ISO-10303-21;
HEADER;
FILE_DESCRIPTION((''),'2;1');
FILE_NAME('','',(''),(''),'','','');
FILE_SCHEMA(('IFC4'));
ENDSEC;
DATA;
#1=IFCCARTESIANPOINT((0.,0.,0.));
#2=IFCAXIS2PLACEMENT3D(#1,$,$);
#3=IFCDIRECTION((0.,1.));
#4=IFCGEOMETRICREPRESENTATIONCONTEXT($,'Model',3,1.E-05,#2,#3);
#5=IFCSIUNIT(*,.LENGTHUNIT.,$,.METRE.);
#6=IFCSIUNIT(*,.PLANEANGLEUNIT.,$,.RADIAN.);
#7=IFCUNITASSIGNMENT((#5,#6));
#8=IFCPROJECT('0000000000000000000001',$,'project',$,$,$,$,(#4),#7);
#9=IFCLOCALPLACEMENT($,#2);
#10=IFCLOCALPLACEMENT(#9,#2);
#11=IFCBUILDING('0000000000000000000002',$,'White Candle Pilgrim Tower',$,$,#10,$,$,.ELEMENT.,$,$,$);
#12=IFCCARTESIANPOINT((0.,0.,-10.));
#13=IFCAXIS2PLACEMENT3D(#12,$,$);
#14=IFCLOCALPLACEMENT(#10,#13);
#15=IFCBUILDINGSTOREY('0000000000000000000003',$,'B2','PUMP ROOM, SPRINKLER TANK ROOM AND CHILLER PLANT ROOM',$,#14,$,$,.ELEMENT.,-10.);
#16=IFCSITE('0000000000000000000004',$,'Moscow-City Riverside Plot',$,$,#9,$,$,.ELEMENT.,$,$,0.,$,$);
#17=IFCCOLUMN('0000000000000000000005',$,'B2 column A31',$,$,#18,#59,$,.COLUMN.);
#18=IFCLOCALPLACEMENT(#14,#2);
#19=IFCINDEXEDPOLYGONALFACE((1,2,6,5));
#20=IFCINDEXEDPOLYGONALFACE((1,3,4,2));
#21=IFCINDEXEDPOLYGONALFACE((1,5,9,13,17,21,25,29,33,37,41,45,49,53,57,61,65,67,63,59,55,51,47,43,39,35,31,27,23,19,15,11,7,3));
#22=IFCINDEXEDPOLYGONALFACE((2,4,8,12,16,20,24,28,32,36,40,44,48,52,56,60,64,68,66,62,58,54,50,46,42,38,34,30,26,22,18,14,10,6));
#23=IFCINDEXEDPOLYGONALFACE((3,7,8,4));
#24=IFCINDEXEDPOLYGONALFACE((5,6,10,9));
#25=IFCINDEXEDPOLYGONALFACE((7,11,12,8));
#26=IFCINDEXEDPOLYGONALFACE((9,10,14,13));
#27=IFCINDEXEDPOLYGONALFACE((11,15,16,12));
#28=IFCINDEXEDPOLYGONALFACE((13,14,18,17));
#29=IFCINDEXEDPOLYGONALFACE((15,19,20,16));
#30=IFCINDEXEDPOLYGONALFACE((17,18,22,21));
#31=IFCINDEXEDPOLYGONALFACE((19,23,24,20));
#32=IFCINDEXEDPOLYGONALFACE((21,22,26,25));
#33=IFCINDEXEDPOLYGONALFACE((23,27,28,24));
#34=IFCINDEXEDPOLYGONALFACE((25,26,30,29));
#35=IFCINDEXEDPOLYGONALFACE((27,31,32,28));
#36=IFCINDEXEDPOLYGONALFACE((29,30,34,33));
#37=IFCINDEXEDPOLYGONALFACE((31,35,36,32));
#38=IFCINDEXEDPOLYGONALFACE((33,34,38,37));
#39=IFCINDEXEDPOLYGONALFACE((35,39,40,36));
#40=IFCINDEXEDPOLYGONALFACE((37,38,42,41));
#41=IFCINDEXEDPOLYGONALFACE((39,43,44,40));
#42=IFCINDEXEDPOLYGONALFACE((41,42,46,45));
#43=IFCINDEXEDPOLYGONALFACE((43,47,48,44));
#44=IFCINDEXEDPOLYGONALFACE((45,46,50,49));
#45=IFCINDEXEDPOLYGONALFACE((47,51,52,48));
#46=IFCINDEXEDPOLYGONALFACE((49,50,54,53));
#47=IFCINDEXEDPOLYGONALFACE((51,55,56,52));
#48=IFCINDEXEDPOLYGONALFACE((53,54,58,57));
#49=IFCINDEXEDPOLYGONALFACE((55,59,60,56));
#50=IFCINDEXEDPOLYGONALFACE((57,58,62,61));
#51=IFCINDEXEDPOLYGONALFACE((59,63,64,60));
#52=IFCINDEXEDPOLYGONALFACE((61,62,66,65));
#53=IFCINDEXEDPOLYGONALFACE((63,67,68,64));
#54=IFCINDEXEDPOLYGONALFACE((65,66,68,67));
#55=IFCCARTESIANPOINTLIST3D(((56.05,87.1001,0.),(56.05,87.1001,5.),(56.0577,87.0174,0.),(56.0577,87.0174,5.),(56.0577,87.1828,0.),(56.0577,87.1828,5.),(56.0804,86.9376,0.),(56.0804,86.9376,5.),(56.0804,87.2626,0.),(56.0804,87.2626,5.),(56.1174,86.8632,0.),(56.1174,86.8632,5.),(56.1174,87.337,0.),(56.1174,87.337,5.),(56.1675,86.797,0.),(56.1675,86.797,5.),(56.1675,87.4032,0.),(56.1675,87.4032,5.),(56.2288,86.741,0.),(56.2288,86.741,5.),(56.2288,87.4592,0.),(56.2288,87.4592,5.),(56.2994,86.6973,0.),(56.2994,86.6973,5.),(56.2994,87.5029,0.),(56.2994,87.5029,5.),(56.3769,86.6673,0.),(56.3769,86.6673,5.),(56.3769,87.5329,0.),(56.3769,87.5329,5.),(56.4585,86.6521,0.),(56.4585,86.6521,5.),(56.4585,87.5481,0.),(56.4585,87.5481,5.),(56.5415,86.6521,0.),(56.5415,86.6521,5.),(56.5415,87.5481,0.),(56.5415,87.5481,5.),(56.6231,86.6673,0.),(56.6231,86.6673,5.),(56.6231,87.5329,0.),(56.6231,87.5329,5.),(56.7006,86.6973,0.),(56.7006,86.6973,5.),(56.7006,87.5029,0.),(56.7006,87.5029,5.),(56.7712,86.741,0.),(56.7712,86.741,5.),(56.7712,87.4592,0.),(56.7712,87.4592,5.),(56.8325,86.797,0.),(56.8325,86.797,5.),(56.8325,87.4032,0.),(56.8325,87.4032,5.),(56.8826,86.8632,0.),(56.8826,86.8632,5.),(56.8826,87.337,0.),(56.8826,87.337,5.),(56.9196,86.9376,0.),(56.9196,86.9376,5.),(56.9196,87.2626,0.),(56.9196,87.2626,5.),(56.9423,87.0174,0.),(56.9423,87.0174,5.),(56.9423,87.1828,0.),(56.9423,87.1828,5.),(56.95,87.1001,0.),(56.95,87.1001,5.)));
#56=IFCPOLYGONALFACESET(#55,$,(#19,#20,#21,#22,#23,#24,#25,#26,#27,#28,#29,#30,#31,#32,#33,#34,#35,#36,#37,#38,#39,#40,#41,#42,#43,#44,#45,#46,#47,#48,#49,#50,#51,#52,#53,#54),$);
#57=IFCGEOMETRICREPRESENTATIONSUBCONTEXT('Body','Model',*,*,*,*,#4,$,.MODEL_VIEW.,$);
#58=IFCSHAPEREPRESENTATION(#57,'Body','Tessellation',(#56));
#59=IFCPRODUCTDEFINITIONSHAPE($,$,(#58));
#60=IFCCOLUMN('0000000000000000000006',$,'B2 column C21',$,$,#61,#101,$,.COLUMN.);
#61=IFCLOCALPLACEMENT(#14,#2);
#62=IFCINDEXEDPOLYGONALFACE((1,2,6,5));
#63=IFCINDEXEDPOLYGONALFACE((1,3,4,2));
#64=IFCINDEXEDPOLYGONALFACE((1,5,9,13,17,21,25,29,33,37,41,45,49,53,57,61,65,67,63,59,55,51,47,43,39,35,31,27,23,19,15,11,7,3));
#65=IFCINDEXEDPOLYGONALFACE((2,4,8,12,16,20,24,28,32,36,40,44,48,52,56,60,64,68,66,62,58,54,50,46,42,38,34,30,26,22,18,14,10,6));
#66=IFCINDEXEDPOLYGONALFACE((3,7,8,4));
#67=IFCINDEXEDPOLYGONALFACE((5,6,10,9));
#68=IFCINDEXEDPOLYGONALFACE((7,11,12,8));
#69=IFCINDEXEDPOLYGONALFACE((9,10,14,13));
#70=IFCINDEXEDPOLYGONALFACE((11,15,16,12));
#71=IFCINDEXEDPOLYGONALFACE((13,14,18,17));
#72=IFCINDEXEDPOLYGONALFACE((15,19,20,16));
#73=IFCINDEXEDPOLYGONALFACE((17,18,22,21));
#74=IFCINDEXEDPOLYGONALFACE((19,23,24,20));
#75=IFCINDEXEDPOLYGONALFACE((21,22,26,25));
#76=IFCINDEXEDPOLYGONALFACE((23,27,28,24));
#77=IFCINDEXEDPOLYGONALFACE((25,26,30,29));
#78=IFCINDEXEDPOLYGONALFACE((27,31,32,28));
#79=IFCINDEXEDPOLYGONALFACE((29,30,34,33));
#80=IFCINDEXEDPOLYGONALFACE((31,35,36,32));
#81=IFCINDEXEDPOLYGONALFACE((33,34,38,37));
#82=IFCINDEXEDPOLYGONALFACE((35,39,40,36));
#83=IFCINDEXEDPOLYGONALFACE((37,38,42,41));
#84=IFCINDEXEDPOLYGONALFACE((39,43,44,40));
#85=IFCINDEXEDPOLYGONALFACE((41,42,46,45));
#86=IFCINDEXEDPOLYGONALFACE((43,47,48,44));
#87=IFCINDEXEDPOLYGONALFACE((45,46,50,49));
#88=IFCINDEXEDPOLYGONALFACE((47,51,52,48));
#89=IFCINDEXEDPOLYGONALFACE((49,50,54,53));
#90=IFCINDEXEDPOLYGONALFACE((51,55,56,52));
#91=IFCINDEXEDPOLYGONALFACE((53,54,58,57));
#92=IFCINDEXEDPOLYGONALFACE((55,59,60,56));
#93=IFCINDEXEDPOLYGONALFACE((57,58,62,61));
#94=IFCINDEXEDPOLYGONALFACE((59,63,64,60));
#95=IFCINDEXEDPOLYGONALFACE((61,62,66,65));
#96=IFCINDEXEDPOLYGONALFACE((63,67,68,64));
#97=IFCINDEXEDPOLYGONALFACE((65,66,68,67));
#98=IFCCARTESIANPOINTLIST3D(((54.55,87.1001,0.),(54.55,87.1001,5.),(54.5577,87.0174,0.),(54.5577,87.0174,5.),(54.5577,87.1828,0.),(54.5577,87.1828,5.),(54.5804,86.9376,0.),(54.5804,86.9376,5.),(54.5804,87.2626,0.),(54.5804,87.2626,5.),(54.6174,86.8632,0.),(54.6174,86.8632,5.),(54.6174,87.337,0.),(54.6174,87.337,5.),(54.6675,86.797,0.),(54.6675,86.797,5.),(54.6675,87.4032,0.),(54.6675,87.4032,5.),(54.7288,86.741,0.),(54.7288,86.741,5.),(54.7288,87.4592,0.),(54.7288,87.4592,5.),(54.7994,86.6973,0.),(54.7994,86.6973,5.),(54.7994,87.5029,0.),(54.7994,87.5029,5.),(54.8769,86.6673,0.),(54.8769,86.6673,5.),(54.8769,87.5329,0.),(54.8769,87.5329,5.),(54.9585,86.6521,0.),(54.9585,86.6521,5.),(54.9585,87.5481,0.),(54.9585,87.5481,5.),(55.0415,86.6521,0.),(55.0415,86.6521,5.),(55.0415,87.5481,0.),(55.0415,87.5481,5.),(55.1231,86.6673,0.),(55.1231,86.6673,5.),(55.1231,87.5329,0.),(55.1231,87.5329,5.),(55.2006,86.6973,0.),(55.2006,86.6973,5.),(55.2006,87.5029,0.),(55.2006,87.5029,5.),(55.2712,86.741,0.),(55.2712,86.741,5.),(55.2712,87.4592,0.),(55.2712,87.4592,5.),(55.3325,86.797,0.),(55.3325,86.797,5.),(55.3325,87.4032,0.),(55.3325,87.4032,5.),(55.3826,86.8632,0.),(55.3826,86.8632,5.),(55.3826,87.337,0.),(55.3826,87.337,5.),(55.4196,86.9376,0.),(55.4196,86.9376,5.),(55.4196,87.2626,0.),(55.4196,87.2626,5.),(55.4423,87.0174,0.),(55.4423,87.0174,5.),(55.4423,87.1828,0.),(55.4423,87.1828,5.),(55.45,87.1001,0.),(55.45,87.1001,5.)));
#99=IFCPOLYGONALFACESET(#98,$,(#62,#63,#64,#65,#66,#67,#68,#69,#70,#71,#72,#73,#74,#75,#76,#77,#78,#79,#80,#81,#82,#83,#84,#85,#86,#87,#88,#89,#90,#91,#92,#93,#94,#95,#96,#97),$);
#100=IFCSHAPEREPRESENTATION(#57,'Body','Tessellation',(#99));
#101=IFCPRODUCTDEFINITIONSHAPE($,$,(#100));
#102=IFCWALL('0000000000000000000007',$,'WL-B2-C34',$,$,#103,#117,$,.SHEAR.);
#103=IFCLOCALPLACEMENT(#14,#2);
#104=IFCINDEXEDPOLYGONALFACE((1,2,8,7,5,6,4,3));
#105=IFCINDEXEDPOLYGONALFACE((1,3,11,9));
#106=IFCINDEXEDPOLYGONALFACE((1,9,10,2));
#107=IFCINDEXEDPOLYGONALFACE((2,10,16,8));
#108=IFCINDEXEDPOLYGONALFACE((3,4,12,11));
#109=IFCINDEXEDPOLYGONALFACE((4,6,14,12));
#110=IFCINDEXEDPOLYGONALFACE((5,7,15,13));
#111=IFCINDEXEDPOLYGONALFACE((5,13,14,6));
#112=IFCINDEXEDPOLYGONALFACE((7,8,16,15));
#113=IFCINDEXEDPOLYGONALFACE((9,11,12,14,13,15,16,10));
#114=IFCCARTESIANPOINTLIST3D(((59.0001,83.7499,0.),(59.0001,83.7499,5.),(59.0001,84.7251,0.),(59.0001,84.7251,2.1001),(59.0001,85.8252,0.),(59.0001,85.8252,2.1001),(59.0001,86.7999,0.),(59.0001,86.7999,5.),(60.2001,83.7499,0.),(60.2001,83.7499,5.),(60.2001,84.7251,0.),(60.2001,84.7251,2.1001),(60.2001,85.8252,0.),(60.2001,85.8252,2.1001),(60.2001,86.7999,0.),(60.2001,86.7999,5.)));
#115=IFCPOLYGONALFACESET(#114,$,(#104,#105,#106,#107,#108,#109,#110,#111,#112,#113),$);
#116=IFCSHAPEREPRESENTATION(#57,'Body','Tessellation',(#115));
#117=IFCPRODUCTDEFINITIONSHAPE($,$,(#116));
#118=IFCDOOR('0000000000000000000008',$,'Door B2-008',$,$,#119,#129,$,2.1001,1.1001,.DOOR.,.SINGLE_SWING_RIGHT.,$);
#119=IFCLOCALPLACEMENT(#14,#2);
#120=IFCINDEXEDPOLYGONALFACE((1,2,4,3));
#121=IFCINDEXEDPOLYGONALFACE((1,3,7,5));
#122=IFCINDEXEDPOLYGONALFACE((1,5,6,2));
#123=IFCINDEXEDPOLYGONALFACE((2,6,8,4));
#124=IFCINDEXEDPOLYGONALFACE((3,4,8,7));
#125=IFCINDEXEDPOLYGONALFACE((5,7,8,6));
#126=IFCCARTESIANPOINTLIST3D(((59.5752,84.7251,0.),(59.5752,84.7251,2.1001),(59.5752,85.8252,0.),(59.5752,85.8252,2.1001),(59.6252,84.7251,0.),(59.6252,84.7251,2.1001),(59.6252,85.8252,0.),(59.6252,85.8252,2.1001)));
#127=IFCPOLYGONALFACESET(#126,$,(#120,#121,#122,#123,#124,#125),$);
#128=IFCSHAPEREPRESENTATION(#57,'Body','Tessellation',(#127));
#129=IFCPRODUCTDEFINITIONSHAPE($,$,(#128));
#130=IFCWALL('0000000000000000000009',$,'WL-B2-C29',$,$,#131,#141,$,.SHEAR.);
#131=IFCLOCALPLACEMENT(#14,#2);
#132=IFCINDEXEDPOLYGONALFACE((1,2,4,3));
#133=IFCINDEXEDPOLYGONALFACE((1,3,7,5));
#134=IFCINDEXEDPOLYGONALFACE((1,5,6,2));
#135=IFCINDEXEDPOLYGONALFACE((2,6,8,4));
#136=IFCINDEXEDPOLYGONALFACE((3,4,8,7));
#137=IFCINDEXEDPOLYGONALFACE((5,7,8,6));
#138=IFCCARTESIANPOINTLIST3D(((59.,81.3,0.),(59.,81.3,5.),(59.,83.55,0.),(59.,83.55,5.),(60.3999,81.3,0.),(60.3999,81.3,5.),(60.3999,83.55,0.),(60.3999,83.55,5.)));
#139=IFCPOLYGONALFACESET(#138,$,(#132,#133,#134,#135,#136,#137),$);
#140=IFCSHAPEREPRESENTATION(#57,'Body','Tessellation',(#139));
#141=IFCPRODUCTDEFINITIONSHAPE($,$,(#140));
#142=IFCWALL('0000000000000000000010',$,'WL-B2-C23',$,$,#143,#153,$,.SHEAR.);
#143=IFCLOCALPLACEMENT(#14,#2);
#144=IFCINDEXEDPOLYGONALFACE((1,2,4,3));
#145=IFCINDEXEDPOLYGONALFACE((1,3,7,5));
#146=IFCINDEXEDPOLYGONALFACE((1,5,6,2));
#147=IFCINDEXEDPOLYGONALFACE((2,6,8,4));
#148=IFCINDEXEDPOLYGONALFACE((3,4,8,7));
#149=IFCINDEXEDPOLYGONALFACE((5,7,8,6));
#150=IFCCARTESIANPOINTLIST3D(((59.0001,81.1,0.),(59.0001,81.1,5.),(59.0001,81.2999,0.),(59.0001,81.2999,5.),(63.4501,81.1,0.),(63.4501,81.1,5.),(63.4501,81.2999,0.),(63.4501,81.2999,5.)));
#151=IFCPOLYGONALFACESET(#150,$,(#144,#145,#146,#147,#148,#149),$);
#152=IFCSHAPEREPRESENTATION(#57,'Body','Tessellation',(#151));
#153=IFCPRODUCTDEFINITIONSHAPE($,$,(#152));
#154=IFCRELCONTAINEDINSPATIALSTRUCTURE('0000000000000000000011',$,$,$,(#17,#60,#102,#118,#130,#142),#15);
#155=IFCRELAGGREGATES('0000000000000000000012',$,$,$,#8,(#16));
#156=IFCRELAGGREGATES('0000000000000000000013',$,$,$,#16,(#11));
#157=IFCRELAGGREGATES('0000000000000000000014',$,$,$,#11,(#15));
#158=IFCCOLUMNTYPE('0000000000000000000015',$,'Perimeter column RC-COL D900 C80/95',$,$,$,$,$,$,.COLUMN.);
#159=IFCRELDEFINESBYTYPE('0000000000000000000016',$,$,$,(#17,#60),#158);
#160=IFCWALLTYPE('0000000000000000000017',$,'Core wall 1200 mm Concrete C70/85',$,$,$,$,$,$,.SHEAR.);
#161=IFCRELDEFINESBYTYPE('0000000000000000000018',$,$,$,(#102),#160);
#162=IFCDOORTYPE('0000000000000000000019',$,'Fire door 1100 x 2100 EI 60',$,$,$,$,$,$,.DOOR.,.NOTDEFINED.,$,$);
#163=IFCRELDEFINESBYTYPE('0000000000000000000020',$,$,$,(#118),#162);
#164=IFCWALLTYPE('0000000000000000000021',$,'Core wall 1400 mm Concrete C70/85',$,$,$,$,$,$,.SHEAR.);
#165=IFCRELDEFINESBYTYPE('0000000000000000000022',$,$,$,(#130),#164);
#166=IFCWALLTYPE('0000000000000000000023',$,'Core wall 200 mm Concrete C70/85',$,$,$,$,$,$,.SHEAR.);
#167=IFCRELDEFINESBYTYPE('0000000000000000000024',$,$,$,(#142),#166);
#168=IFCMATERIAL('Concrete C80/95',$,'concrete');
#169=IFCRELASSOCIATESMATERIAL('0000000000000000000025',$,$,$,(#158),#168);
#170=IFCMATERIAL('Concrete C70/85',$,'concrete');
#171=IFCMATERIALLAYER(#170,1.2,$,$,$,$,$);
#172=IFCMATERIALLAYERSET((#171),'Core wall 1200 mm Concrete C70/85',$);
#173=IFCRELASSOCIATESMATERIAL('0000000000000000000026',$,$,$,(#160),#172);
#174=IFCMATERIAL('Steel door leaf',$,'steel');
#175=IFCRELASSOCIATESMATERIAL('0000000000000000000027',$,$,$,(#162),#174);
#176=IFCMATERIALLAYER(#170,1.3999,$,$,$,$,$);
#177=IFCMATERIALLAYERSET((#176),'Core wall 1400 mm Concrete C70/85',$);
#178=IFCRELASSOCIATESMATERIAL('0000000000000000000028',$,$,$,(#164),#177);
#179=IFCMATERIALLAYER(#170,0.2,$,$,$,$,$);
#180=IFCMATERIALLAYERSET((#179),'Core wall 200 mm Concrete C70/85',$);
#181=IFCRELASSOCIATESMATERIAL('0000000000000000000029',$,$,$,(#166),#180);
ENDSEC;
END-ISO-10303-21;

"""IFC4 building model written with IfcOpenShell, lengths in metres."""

from ifc_helpers import new_model, si_unit, direction, frame, frame_2d, origin, origin_2d, place, context, subcontext, project, spatial, rectangle, circle, extrude, material, layer, layer_set, material_profile, profile_set, type_object, element, fill, save


model = new_model("IFC4")

# Units and contexts
model_context = context("Model", 3, precision=1e-05, world=origin(), true_north=direction((0.0, 1.0)))
body_context = subcontext(model_context, "Body", "Model", "MODEL_VIEW")
ifc_project = project(units=[si_unit("LENGTHUNIT", "METRE"), si_unit("PLANEANGLEUNIT", "RADIAN")], contexts=[model_context])

# Site, building, storey
site_placement = place(None, origin())
site = spatial("IfcSite", under=ifc_project, at=site_placement, Name="Moscow-City Riverside Plot", CompositionType="ELEMENT", RefElevation=0.0)
building_placement = place(site_placement, origin())
building = spatial("IfcBuilding", under=site, at=building_placement, Name="White Candle Pilgrim Tower", CompositionType="ELEMENT")
storey_placement = place(building_placement, frame((0.0, 0.0, -10.0)))
storey = spatial("IfcBuildingStorey", under=building, at=storey_placement, Name="B2", Description="PUMP ROOM, SPRINKLER TANK ROOM AND CHILLER PLANT ROOM", CompositionType="ELEMENT", Elevation=-10.0)

# Columns
ifc_material_1 = material(Name="Concrete C80/95", Category="concrete")
ifc_material_profile_1 = material_profile(ifc_material_1, circle(Radius=0.45, at=origin_2d()), Name="RC-COL D900")
ifc_profile_set_1 = profile_set([ifc_material_profile_1], Name="Concrete C80/95")
column_type = type_object("IfcColumnType", Name="Perimeter column RC-COL D900 C80/95", PredefinedType="COLUMN", material=ifc_profile_set_1)
for number, where, z_axis, x_axis, name in (
    (1, (56.5, 87.1001, 0.0), (0.0, 0.0, 1.0), (1.0, 0.0, 0.0), "B2 column A31"),
    (2, (55.0, 87.1001, 0.0), (0.0, 0.0, 1.0), (1.0, 0.0, 0.0), "B2 column C21"),
):
    element("IfcColumn", number, at=place(storey_placement, frame(where, z_axis=z_axis, x_axis=x_axis)), inside=storey, type_object=column_type, Name=name, PredefinedType="COLUMN", context=body_context, shape_type="SweptSolid", body=[
        extrude(circle(Radius=0.45, at=origin_2d()), origin(), (0.0, 0.0, 1.0), 5.0),
    ])

# Wall, opening, door
ifc_material_2 = material(Name="Concrete C70/85", Category="concrete")
ifc_layer_1 = layer(ifc_material_2, 1.2)
ifc_layer_set_1 = layer_set([ifc_layer_1], Name="Core wall 1200 mm Concrete C70/85")
wall_type_1 = type_object("IfcWallType", Name="Core wall 1200 mm Concrete C70/85", PredefinedType="SHEAR", material=ifc_layer_set_1)
wall_1_placement = place(storey_placement, frame((59.6001, 83.75, 0.0), z_axis=(0.0, 0.0, 1.0), x_axis=(0.0, 1.0, 0.0)))
wall_1 = element("IfcWall", 3, at=wall_1_placement, inside=storey, type_object=wall_type_1, Name="WL-B2-C34", PredefinedType="SHEAR", context=body_context, shape_type="SweptSolid", body=[
    extrude(rectangle(XDim=3.05, YDim=1.2, at=frame_2d((1.5249, 0.0))), origin(), (0.0, 0.0, 1.0), 5.0),
])
opening_1_placement = place(wall_1_placement, frame((0.9751, 0.0, 0.0)))
opening_1 = element("IfcOpeningElement", 4, at=opening_1_placement, cuts=wall_1, PredefinedType="OPENING", context=body_context, shape_type="SweptSolid", body=[
    extrude(rectangle(XDim=1.1001, YDim=2.1001, at=frame_2d((0.55, 1.05))), frame((0.0, 0.6099, 0.0), z_axis=(0.0, -1.0, 0.0), x_axis=(1.0, 0.0, 0.0)), (0.0, 0.0, 1.0), 1.22),
])
ifc_material_3 = material(Name="Steel door leaf", Category="steel")
door_type_1 = type_object("IfcDoorType", Name="Fire door 1100 x 2100 EI 60", OperationType="NOTDEFINED", PredefinedType="DOOR", material=ifc_material_3)
door_1_placement = place(opening_1_placement, origin())
door_1 = element("IfcDoor", 5, at=door_1_placement, inside=storey, type_object=door_type_1, Name="Door B2-008", OperationType="SINGLE_SWING_RIGHT", OverallHeight=2.1001, OverallWidth=1.1001, PredefinedType="DOOR", context=body_context, shape_type="SweptSolid", body=[
    extrude(rectangle(XDim=1.1001, YDim=2.1001, at=frame_2d((0.55, 1.05))), frame((0.0, 0.0249, 0.0), z_axis=(0.0, -1.0, 0.0), x_axis=(1.0, 0.0, 0.0)), (0.0, 0.0, 1.0), 0.05),
])
fill(opening_1, door_1)

# Walls
ifc_layer_2 = layer(ifc_material_2, 1.3999)
ifc_layer_set_2 = layer_set([ifc_layer_2], Name="Core wall 1400 mm Concrete C70/85")
wall_type_2 = type_object("IfcWallType", Name="Core wall 1400 mm Concrete C70/85", PredefinedType="SHEAR", material=ifc_layer_set_2)
wall_2_placement = place(storey_placement, frame((59.7, 81.3, 0.0), z_axis=(0.0, 0.0, 1.0), x_axis=(0.0, 1.0, 0.0)))
element("IfcWall", 6, at=wall_2_placement, inside=storey, type_object=wall_type_2, Name="WL-B2-C29", PredefinedType="SHEAR", context=body_context, shape_type="SweptSolid", body=[
    extrude(rectangle(XDim=2.25, YDim=1.3999, at=frame_2d((1.125, 0.0))), origin(), (0.0, 0.0, 1.0), 5.0),
])
ifc_layer_3 = layer(ifc_material_2, 0.2)
ifc_layer_set_3 = layer_set([ifc_layer_3], Name="Core wall 200 mm Concrete C70/85")
wall_type_3 = type_object("IfcWallType", Name="Core wall 200 mm Concrete C70/85", PredefinedType="SHEAR", material=ifc_layer_set_3)
wall_3_placement = place(storey_placement, frame((59.0, 81.2, 0.0), z_axis=(0.0, 0.0, 1.0), x_axis=(1.0, 0.0, 0.0)))
element("IfcWall", 7, at=wall_3_placement, inside=storey, type_object=wall_type_3, Name="WL-B2-C23", PredefinedType="SHEAR", context=body_context, shape_type="SweptSolid", body=[
    extrude(rectangle(XDim=4.45, YDim=0.2, at=frame_2d((2.2251, 0.0))), origin(), (0.0, 0.0, 1.0), 5.0),
])

save(model, "model.ifc")
